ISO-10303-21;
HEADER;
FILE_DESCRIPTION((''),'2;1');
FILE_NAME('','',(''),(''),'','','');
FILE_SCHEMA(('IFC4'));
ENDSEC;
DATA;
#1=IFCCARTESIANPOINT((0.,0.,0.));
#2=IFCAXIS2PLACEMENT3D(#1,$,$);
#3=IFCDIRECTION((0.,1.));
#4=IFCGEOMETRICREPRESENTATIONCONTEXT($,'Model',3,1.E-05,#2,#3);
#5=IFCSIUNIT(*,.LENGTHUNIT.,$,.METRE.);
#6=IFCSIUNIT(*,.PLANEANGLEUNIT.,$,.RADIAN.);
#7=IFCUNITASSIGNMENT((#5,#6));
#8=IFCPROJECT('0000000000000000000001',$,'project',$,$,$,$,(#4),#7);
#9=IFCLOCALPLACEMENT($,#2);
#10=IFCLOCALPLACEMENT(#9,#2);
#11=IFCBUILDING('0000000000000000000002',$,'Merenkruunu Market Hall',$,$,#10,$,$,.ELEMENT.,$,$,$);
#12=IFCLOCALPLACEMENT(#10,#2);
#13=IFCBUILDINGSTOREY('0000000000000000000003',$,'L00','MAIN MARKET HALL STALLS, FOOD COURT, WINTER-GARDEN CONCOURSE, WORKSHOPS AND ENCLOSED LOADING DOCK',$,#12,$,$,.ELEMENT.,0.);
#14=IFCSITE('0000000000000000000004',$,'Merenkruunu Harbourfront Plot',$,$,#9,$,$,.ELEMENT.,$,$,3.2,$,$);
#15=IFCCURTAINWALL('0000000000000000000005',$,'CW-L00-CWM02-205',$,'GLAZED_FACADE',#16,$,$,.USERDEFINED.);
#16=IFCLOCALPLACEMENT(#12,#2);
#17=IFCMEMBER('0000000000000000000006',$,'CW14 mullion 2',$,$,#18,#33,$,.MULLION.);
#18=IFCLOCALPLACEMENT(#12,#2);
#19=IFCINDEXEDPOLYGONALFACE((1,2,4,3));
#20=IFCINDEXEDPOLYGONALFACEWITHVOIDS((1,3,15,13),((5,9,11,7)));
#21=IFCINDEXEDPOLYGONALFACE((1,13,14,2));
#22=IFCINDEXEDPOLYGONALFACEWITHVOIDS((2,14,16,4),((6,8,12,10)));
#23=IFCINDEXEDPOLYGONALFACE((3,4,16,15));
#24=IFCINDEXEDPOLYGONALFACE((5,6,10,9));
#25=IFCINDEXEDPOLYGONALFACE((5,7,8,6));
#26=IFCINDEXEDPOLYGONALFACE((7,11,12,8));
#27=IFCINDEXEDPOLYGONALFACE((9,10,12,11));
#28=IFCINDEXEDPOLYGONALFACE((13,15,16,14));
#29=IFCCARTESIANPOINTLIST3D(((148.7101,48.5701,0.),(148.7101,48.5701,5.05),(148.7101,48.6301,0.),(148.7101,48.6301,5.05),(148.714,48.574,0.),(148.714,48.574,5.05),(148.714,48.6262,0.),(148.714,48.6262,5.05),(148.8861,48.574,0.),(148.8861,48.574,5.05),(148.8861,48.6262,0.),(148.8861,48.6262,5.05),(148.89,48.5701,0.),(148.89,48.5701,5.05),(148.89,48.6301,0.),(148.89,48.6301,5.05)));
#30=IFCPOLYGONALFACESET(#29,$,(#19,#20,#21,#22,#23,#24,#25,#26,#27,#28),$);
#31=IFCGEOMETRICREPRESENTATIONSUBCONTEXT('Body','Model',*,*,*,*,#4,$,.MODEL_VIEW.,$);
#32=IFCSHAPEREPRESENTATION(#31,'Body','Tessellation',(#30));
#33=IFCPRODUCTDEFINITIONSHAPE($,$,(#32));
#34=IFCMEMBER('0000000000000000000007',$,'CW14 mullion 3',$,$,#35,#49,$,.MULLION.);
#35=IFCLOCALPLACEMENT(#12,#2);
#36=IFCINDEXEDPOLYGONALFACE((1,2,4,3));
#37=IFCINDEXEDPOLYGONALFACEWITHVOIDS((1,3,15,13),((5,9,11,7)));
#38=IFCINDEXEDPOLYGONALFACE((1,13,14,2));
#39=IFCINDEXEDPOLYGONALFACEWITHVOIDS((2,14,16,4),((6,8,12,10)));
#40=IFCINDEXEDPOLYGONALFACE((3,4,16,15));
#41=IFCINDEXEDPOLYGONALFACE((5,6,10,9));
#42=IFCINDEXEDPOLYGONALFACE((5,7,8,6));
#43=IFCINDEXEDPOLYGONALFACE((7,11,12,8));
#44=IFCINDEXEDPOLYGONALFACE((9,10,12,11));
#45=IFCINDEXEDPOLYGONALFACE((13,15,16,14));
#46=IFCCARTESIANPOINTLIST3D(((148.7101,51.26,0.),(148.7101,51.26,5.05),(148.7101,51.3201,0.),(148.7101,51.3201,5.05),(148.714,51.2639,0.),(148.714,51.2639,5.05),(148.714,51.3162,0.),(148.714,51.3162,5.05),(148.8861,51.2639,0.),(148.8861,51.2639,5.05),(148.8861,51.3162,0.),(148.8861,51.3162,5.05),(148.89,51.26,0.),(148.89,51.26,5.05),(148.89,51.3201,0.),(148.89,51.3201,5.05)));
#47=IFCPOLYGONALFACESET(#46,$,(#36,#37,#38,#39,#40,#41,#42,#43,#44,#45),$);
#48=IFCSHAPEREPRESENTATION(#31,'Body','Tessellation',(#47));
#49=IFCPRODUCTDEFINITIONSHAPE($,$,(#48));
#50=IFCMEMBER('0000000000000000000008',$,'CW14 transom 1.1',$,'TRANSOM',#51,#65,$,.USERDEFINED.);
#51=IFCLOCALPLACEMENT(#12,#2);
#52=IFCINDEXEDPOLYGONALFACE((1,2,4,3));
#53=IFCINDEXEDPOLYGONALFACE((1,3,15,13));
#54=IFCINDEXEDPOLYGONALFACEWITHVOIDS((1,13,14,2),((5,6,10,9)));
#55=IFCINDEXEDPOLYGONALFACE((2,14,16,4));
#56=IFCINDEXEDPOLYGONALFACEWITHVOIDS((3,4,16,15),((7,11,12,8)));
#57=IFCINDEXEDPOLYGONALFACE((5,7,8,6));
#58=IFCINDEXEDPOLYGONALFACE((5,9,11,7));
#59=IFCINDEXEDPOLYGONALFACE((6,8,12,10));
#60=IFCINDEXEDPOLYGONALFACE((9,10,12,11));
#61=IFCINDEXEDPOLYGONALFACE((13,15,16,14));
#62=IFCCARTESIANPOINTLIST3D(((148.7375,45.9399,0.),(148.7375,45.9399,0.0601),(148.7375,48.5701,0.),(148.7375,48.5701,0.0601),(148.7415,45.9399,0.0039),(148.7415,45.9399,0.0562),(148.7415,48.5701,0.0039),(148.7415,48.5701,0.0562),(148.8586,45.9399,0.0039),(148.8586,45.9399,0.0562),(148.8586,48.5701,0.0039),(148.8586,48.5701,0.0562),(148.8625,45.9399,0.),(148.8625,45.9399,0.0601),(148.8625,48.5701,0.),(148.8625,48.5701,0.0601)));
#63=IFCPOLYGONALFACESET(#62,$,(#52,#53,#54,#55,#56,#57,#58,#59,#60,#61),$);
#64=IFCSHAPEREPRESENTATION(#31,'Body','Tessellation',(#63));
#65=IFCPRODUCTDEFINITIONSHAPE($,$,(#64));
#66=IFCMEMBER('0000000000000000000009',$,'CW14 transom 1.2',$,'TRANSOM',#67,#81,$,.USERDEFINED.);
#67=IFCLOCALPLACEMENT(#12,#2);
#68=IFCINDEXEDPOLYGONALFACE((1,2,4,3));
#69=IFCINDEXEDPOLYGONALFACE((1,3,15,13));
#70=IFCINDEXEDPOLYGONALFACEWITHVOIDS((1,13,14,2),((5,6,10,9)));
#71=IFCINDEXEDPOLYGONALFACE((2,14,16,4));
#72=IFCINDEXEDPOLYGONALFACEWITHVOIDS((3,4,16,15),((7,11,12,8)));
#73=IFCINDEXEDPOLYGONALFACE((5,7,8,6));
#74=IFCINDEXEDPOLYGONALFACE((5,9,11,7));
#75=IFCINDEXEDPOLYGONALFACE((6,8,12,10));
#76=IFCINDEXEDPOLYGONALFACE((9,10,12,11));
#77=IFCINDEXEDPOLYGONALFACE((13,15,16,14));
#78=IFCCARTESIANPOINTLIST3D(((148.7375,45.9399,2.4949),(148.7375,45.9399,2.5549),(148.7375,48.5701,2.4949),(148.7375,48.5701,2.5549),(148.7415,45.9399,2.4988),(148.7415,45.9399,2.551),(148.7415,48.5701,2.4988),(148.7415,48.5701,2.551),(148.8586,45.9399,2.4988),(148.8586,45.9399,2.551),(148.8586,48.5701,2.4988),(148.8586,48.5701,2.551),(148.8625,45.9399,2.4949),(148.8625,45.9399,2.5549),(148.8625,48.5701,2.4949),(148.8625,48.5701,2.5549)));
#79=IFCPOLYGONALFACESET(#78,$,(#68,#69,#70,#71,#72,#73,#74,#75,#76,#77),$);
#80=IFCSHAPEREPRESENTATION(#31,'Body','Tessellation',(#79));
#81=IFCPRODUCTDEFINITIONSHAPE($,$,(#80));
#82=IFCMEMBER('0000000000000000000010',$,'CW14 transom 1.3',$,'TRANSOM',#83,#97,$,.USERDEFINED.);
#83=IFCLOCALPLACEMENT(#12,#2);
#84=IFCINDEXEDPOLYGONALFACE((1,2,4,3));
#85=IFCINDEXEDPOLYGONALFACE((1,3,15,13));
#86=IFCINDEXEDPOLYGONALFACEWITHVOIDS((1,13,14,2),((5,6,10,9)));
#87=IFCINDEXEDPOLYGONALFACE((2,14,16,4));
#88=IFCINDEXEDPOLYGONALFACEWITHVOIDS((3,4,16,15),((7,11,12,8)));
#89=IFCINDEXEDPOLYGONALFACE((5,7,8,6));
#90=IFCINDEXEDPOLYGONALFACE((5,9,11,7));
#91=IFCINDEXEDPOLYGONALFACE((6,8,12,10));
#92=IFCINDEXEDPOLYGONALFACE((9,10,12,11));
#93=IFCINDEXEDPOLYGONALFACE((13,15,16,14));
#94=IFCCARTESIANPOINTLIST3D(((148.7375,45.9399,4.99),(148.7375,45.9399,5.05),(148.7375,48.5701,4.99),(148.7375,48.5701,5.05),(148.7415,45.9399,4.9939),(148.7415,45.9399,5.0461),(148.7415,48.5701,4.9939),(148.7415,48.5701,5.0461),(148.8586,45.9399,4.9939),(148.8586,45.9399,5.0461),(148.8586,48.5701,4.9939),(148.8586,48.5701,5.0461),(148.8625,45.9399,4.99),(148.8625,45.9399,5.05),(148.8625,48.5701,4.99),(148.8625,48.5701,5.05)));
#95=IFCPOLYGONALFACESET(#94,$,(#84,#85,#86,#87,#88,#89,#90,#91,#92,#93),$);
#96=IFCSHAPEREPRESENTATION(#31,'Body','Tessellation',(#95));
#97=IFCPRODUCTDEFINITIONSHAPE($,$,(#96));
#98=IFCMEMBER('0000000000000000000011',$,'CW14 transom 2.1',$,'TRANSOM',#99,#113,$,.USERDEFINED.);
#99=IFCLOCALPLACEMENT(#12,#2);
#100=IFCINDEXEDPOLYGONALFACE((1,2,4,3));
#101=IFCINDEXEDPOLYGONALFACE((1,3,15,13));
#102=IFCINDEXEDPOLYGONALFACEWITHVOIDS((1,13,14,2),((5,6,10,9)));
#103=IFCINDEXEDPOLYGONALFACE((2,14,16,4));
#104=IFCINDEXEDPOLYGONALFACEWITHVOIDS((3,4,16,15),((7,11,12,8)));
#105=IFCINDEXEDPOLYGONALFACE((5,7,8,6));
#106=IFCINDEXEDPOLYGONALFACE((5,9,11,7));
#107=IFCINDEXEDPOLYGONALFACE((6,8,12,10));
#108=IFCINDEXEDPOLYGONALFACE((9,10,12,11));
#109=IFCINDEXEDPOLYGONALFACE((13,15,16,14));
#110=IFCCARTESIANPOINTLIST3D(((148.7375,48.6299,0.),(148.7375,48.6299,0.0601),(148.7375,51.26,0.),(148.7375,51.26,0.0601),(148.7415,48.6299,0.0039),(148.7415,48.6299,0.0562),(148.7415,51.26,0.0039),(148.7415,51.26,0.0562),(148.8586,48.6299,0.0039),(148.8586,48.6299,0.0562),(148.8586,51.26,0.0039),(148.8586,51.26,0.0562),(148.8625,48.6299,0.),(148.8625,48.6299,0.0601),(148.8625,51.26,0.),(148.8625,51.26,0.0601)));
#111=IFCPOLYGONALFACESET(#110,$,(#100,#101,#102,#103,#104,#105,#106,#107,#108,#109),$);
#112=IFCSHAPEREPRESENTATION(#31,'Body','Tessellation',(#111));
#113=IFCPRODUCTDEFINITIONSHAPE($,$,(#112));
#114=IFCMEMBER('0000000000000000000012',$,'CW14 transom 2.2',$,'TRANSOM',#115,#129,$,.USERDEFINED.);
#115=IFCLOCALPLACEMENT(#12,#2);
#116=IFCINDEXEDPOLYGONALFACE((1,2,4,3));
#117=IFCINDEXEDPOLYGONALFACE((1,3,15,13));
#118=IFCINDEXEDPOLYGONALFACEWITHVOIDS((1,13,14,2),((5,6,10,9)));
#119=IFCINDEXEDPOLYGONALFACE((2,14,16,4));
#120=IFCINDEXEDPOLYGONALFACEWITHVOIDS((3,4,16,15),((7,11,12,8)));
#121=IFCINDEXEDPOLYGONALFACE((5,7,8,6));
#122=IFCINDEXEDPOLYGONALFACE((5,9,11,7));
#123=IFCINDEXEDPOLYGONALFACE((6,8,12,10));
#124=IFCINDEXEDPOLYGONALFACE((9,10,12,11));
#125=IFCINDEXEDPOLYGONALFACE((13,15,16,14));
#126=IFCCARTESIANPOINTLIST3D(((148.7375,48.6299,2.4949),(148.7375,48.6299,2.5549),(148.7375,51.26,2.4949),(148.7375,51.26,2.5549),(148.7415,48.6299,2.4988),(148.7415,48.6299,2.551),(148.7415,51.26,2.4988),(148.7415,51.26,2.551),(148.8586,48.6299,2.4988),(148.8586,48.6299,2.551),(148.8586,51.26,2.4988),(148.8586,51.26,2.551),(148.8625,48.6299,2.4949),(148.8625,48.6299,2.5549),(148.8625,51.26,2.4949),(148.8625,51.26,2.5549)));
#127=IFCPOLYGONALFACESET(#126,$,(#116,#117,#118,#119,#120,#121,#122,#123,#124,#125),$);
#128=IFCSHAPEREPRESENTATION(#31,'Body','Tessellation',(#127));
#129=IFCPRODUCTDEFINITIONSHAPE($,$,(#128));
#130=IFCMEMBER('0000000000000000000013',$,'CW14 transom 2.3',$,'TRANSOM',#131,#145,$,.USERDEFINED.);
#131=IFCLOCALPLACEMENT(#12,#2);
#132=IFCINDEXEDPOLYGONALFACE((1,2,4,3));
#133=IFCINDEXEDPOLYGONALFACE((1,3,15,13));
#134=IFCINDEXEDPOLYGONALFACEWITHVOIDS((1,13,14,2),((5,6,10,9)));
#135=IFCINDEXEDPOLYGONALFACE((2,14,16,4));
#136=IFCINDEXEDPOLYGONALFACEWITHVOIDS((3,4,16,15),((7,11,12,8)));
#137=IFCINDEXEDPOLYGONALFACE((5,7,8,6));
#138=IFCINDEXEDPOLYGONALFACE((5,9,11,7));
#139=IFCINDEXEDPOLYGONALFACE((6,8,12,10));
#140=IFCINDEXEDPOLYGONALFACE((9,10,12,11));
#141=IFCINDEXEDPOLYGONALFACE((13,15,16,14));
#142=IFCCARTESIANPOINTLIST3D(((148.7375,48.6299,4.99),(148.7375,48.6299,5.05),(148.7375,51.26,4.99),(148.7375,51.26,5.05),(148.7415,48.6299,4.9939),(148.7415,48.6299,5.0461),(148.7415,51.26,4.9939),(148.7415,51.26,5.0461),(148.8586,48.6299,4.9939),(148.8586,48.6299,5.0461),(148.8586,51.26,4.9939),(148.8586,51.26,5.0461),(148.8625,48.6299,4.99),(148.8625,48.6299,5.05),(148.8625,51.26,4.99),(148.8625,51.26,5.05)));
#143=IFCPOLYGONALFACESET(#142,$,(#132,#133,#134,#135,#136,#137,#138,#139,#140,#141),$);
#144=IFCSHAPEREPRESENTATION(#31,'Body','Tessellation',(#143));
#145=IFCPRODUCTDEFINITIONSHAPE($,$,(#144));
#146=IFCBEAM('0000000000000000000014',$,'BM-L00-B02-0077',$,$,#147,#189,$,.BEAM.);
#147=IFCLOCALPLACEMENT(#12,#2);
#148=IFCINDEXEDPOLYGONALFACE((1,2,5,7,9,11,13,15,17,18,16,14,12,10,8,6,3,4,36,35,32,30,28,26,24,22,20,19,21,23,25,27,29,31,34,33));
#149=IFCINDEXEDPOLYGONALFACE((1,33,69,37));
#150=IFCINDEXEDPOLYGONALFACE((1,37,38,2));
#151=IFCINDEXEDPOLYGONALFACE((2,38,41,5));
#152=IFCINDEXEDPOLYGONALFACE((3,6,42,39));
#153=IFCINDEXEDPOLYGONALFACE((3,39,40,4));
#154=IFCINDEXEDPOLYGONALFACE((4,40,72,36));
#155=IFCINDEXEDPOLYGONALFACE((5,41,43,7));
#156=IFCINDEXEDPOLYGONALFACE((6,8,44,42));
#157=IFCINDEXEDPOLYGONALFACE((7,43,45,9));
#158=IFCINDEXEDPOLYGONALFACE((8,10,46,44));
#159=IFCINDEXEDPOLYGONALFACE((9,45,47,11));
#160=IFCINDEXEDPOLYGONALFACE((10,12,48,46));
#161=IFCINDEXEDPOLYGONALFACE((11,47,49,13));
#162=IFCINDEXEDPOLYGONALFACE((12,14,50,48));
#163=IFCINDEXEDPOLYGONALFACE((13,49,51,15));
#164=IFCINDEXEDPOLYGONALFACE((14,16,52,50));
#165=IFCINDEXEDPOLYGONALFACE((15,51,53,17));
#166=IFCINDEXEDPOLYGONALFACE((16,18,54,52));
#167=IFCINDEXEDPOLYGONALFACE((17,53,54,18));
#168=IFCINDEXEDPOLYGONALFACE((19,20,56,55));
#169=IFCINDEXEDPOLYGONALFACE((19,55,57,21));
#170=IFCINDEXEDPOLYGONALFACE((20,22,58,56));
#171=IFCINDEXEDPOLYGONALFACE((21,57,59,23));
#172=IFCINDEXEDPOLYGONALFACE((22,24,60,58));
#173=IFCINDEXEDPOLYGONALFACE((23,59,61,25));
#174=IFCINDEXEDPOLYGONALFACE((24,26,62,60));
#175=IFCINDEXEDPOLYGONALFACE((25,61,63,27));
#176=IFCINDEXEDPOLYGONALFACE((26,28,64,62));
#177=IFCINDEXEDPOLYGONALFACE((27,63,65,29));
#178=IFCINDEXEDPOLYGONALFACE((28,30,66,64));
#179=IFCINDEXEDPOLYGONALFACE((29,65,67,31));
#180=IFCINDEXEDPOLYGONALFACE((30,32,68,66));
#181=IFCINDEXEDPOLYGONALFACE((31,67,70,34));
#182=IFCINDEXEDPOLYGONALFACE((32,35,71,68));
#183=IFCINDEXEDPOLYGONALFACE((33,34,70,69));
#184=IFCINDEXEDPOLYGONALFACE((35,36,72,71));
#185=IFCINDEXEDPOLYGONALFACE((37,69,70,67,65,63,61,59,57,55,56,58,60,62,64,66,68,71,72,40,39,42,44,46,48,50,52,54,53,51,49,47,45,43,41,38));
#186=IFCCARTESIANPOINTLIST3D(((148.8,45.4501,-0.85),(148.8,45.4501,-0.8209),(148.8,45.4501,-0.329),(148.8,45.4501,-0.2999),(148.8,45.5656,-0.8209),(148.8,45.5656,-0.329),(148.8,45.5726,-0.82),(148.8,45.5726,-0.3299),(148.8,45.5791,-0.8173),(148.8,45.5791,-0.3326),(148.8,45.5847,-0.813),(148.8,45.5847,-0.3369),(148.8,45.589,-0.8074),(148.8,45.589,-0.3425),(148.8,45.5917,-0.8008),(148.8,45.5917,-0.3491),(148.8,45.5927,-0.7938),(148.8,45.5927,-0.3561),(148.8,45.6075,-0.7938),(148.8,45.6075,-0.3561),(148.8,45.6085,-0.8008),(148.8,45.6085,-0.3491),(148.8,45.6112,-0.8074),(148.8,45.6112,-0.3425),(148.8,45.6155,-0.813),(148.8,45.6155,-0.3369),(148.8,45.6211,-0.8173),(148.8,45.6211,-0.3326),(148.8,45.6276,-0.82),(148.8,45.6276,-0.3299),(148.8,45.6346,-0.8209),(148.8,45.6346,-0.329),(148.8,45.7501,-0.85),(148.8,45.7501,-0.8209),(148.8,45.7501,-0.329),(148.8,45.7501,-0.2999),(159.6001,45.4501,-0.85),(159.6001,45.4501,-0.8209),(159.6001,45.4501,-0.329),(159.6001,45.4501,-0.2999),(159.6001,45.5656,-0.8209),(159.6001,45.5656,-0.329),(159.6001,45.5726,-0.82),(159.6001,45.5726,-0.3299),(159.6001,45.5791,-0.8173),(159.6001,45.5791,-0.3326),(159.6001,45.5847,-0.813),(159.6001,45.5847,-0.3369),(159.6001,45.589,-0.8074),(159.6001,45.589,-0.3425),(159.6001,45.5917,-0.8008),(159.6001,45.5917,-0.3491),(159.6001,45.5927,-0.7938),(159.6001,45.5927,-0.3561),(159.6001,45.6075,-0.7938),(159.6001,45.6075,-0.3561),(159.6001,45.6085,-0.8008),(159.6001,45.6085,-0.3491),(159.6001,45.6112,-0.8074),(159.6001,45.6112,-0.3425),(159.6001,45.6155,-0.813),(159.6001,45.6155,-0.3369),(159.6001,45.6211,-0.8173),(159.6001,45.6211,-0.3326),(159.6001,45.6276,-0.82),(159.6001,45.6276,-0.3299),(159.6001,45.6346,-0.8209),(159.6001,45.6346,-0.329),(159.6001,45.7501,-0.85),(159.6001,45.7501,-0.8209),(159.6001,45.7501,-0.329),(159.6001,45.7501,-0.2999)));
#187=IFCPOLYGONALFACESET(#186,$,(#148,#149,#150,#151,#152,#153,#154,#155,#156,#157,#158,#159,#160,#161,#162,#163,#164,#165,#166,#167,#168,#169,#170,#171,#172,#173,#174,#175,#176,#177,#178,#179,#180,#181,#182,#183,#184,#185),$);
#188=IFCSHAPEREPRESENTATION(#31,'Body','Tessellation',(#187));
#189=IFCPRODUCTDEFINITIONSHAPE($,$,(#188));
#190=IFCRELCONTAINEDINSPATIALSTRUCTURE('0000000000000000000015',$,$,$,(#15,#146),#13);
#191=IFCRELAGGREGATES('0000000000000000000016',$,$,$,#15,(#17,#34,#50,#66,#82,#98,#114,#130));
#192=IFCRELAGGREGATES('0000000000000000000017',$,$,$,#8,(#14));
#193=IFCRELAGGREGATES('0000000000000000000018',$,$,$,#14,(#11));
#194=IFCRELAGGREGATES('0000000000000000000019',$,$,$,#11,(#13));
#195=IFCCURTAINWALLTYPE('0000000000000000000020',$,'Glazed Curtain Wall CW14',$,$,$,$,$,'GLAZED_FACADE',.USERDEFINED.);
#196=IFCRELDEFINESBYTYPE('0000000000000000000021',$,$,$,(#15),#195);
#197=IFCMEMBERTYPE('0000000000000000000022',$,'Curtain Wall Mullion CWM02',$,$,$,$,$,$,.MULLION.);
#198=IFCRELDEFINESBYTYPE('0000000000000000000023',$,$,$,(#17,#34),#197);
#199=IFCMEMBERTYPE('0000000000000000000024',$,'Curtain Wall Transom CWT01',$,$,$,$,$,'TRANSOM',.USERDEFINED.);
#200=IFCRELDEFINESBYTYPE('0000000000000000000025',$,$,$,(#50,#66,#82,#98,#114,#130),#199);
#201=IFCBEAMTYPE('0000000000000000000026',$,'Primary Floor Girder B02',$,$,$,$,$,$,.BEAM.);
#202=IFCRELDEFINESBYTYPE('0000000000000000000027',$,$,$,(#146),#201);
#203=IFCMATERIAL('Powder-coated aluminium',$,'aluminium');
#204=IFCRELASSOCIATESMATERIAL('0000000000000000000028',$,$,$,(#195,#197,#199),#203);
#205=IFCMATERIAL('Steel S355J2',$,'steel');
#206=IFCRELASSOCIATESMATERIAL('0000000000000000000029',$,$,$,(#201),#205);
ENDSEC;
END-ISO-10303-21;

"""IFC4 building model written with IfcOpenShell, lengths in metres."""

from ifc_helpers import new_model, si_unit, direction, frame, origin, origin_2d, place, context, subcontext, project, spatial, hollow_rectangle, i_section, extrude, material, material_profile, profile_set, type_object, element, aggregate, save


model = new_model("IFC4")

# Units and contexts
model_context = context("Model", 3, precision=1e-05, world=origin(), true_north=direction((0.0, 1.0)))
body_context = subcontext(model_context, "Body", "Model", "MODEL_VIEW")
ifc_project = project(units=[si_unit("LENGTHUNIT", "METRE"), si_unit("PLANEANGLEUNIT", "RADIAN")], contexts=[model_context])

# Site, building, storey
site_placement = place(None, origin())
site = spatial("IfcSite", under=ifc_project, at=site_placement, Name="Merenkruunu Harbourfront Plot", CompositionType="ELEMENT", RefElevation=3.2)
building_placement = place(site_placement, origin())
building = spatial("IfcBuilding", under=site, at=building_placement, Name="Merenkruunu Market Hall", CompositionType="ELEMENT")
storey_placement = place(building_placement, origin())
storey = spatial("IfcBuildingStorey", under=building, at=storey_placement, Name="L00", Description="MAIN MARKET HALL STALLS, FOOD COURT, WINTER-GARDEN CONCOURSE, WORKSHOPS AND ENCLOSED LOADING DOCK", CompositionType="ELEMENT", Elevation=0.0)

# Shared definitions
ifc_material_1 = material(Name="Steel S355J2", Category="steel")

# Curtain wall, members
ifc_material_2 = material(Name="Powder-coated aluminium", Category="aluminium")
curtain_wall_type = type_object("IfcCurtainWallType", Name="Glazed Curtain Wall CW14", ElementType="GLAZED_FACADE", PredefinedType="USERDEFINED", material=ifc_material_2)
curtain_wall_placement = place(storey_placement, origin())
curtain_wall = element("IfcCurtainWall", 1, at=curtain_wall_placement, inside=storey, type_object=curtain_wall_type, Name="CW-L00-CWM02-205", ObjectType="GLAZED_FACADE", PredefinedType="USERDEFINED")
ifc_material_profile_1 = material_profile(ifc_material_2, hollow_rectangle(XDim=0.0601, YDim=0.1799, WallThickness=0.0039, at=origin_2d()), Name="ALU 60x180x4")
ifc_profile_set_1 = profile_set([ifc_material_profile_1], Name="Powder-coated aluminium")
member_type_1 = type_object("IfcMemberType", Name="Curtain Wall Mullion CWM02", PredefinedType="MULLION", material=ifc_profile_set_1)
member_1_placement = place(storey_placement, frame((148.8, 48.6001, 0.0), z_axis=(0.0, 0.0, 1.0), x_axis=(0.0, 1.0, 0.0)))
member_1 = element("IfcMember", 2, at=member_1_placement, type_object=member_type_1, Name="CW14 mullion 2", PredefinedType="MULLION", context=body_context, shape_type="SweptSolid", body=[
    extrude(hollow_rectangle(XDim=0.0601, YDim=0.1799, WallThickness=0.0039, at=origin_2d()), origin(), (0.0, 0.0, 1.0), 5.05),
])
member_2_placement = place(storey_placement, frame((148.8, 51.29, 0.0), z_axis=(0.0, 0.0, 1.0), x_axis=(0.0, 1.0, 0.0)))
member_2 = element("IfcMember", 3, at=member_2_placement, type_object=member_type_1, Name="CW14 mullion 3", PredefinedType="MULLION", context=body_context, shape_type="SweptSolid", body=[
    extrude(hollow_rectangle(XDim=0.0601, YDim=0.1799, WallThickness=0.0039, at=origin_2d()), origin(), (0.0, 0.0, 1.0), 5.05),
])
ifc_material_profile_2 = material_profile(ifc_material_2, hollow_rectangle(XDim=0.0601, YDim=0.125, WallThickness=0.0039, at=origin_2d()), Name="ALU 60x125x4")
ifc_profile_set_2 = profile_set([ifc_material_profile_2], Name="Powder-coated aluminium")
member_type_2 = type_object("IfcMemberType", Name="Curtain Wall Transom CWT01", ElementType="TRANSOM", PredefinedType="USERDEFINED", material=ifc_profile_set_2)
member_3_placement = place(storey_placement, frame((148.8, 45.9399, 0.03), z_axis=(0.0, 1.0, 0.0), x_axis=(0.0, 0.0, 1.0)))
member_3 = element("IfcMember", 4, at=member_3_placement, type_object=member_type_2, Name="CW14 transom 1.1", ObjectType="TRANSOM", PredefinedType="USERDEFINED", context=body_context, shape_type="SweptSolid", body=[
    extrude(hollow_rectangle(XDim=0.0601, YDim=0.125, WallThickness=0.0039, at=origin_2d()), origin(), (0.0, 0.0, 1.0), 2.6301),
])
member_4_placement = place(storey_placement, frame((148.8, 45.9399, 2.5249), z_axis=(0.0, 1.0, 0.0), x_axis=(0.0, 0.0, 1.0)))
member_4 = element("IfcMember", 5, at=member_4_placement, type_object=member_type_2, Name="CW14 transom 1.2", ObjectType="TRANSOM", PredefinedType="USERDEFINED", context=body_context, shape_type="SweptSolid", body=[
    extrude(hollow_rectangle(XDim=0.0601, YDim=0.125, WallThickness=0.0039, at=origin_2d()), origin(), (0.0, 0.0, 1.0), 2.6301),
])
member_5_placement = place(storey_placement, frame((148.8, 45.9399, 5.02), z_axis=(0.0, 1.0, 0.0), x_axis=(0.0, 0.0, 1.0)))
member_5 = element("IfcMember", 6, at=member_5_placement, type_object=member_type_2, Name="CW14 transom 1.3", ObjectType="TRANSOM", PredefinedType="USERDEFINED", context=body_context, shape_type="SweptSolid", body=[
    extrude(hollow_rectangle(XDim=0.0601, YDim=0.125, WallThickness=0.0039, at=origin_2d()), origin(), (0.0, 0.0, 1.0), 2.6301),
])
member_6_placement = place(storey_placement, frame((148.8, 48.6299, 0.03), z_axis=(0.0, 1.0, 0.0), x_axis=(0.0, 0.0, 1.0)))
member_6 = element("IfcMember", 7, at=member_6_placement, type_object=member_type_2, Name="CW14 transom 2.1", ObjectType="TRANSOM", PredefinedType="USERDEFINED", context=body_context, shape_type="SweptSolid", body=[
    extrude(hollow_rectangle(XDim=0.0601, YDim=0.125, WallThickness=0.0039, at=origin_2d()), origin(), (0.0, 0.0, 1.0), 2.6301),
])
member_7_placement = place(storey_placement, frame((148.8, 48.6299, 2.5249), z_axis=(0.0, 1.0, 0.0), x_axis=(0.0, 0.0, 1.0)))
member_7 = element("IfcMember", 8, at=member_7_placement, type_object=member_type_2, Name="CW14 transom 2.2", ObjectType="TRANSOM", PredefinedType="USERDEFINED", context=body_context, shape_type="SweptSolid", body=[
    extrude(hollow_rectangle(XDim=0.0601, YDim=0.125, WallThickness=0.0039, at=origin_2d()), origin(), (0.0, 0.0, 1.0), 2.6301),
])
member_8_placement = place(storey_placement, frame((148.8, 48.6299, 5.02), z_axis=(0.0, 1.0, 0.0), x_axis=(0.0, 0.0, 1.0)))
member_8 = element("IfcMember", 9, at=member_8_placement, type_object=member_type_2, Name="CW14 transom 2.3", ObjectType="TRANSOM", PredefinedType="USERDEFINED", context=body_context, shape_type="SweptSolid", body=[
    extrude(hollow_rectangle(XDim=0.0601, YDim=0.125, WallThickness=0.0039, at=origin_2d()), origin(), (0.0, 0.0, 1.0), 2.6301),
])

# Beam
ifc_material_profile_3 = material_profile(ifc_material_1, i_section(OverallWidth=0.3, OverallDepth=0.55, WebThickness=0.0149, FlangeThickness=0.0291, FilletRadius=0.0271, at=origin_2d()), Name="HEB 550")
ifc_profile_set_3 = profile_set([ifc_material_profile_3], Name="Steel S355J2")
beam_type_1 = type_object("IfcBeamType", Name="Primary Floor Girder B02", PredefinedType="BEAM", material=ifc_profile_set_3)
beam_1_placement = place(storey_placement, frame((148.8, 45.6001, -0.575), z_axis=(1.0, 0.0, 0.0), x_axis=(0.0, 1.0, 0.0)))
element("IfcBeam", 10, at=beam_1_placement, inside=storey, type_object=beam_type_1, Name="BM-L00-B02-0077", PredefinedType="BEAM", context=body_context, shape_type="SweptSolid", body=[
    extrude(i_section(OverallWidth=0.3, OverallDepth=0.55, WebThickness=0.0149, FlangeThickness=0.0291, FilletRadius=0.0271, at=origin_2d()), origin(), (0.0, 0.0, 1.0), 10.8),
])

aggregate(curtain_wall, [member_1, member_2, member_3, member_4, member_5, member_6, member_7, member_8])

save(model, "model.ifc")
